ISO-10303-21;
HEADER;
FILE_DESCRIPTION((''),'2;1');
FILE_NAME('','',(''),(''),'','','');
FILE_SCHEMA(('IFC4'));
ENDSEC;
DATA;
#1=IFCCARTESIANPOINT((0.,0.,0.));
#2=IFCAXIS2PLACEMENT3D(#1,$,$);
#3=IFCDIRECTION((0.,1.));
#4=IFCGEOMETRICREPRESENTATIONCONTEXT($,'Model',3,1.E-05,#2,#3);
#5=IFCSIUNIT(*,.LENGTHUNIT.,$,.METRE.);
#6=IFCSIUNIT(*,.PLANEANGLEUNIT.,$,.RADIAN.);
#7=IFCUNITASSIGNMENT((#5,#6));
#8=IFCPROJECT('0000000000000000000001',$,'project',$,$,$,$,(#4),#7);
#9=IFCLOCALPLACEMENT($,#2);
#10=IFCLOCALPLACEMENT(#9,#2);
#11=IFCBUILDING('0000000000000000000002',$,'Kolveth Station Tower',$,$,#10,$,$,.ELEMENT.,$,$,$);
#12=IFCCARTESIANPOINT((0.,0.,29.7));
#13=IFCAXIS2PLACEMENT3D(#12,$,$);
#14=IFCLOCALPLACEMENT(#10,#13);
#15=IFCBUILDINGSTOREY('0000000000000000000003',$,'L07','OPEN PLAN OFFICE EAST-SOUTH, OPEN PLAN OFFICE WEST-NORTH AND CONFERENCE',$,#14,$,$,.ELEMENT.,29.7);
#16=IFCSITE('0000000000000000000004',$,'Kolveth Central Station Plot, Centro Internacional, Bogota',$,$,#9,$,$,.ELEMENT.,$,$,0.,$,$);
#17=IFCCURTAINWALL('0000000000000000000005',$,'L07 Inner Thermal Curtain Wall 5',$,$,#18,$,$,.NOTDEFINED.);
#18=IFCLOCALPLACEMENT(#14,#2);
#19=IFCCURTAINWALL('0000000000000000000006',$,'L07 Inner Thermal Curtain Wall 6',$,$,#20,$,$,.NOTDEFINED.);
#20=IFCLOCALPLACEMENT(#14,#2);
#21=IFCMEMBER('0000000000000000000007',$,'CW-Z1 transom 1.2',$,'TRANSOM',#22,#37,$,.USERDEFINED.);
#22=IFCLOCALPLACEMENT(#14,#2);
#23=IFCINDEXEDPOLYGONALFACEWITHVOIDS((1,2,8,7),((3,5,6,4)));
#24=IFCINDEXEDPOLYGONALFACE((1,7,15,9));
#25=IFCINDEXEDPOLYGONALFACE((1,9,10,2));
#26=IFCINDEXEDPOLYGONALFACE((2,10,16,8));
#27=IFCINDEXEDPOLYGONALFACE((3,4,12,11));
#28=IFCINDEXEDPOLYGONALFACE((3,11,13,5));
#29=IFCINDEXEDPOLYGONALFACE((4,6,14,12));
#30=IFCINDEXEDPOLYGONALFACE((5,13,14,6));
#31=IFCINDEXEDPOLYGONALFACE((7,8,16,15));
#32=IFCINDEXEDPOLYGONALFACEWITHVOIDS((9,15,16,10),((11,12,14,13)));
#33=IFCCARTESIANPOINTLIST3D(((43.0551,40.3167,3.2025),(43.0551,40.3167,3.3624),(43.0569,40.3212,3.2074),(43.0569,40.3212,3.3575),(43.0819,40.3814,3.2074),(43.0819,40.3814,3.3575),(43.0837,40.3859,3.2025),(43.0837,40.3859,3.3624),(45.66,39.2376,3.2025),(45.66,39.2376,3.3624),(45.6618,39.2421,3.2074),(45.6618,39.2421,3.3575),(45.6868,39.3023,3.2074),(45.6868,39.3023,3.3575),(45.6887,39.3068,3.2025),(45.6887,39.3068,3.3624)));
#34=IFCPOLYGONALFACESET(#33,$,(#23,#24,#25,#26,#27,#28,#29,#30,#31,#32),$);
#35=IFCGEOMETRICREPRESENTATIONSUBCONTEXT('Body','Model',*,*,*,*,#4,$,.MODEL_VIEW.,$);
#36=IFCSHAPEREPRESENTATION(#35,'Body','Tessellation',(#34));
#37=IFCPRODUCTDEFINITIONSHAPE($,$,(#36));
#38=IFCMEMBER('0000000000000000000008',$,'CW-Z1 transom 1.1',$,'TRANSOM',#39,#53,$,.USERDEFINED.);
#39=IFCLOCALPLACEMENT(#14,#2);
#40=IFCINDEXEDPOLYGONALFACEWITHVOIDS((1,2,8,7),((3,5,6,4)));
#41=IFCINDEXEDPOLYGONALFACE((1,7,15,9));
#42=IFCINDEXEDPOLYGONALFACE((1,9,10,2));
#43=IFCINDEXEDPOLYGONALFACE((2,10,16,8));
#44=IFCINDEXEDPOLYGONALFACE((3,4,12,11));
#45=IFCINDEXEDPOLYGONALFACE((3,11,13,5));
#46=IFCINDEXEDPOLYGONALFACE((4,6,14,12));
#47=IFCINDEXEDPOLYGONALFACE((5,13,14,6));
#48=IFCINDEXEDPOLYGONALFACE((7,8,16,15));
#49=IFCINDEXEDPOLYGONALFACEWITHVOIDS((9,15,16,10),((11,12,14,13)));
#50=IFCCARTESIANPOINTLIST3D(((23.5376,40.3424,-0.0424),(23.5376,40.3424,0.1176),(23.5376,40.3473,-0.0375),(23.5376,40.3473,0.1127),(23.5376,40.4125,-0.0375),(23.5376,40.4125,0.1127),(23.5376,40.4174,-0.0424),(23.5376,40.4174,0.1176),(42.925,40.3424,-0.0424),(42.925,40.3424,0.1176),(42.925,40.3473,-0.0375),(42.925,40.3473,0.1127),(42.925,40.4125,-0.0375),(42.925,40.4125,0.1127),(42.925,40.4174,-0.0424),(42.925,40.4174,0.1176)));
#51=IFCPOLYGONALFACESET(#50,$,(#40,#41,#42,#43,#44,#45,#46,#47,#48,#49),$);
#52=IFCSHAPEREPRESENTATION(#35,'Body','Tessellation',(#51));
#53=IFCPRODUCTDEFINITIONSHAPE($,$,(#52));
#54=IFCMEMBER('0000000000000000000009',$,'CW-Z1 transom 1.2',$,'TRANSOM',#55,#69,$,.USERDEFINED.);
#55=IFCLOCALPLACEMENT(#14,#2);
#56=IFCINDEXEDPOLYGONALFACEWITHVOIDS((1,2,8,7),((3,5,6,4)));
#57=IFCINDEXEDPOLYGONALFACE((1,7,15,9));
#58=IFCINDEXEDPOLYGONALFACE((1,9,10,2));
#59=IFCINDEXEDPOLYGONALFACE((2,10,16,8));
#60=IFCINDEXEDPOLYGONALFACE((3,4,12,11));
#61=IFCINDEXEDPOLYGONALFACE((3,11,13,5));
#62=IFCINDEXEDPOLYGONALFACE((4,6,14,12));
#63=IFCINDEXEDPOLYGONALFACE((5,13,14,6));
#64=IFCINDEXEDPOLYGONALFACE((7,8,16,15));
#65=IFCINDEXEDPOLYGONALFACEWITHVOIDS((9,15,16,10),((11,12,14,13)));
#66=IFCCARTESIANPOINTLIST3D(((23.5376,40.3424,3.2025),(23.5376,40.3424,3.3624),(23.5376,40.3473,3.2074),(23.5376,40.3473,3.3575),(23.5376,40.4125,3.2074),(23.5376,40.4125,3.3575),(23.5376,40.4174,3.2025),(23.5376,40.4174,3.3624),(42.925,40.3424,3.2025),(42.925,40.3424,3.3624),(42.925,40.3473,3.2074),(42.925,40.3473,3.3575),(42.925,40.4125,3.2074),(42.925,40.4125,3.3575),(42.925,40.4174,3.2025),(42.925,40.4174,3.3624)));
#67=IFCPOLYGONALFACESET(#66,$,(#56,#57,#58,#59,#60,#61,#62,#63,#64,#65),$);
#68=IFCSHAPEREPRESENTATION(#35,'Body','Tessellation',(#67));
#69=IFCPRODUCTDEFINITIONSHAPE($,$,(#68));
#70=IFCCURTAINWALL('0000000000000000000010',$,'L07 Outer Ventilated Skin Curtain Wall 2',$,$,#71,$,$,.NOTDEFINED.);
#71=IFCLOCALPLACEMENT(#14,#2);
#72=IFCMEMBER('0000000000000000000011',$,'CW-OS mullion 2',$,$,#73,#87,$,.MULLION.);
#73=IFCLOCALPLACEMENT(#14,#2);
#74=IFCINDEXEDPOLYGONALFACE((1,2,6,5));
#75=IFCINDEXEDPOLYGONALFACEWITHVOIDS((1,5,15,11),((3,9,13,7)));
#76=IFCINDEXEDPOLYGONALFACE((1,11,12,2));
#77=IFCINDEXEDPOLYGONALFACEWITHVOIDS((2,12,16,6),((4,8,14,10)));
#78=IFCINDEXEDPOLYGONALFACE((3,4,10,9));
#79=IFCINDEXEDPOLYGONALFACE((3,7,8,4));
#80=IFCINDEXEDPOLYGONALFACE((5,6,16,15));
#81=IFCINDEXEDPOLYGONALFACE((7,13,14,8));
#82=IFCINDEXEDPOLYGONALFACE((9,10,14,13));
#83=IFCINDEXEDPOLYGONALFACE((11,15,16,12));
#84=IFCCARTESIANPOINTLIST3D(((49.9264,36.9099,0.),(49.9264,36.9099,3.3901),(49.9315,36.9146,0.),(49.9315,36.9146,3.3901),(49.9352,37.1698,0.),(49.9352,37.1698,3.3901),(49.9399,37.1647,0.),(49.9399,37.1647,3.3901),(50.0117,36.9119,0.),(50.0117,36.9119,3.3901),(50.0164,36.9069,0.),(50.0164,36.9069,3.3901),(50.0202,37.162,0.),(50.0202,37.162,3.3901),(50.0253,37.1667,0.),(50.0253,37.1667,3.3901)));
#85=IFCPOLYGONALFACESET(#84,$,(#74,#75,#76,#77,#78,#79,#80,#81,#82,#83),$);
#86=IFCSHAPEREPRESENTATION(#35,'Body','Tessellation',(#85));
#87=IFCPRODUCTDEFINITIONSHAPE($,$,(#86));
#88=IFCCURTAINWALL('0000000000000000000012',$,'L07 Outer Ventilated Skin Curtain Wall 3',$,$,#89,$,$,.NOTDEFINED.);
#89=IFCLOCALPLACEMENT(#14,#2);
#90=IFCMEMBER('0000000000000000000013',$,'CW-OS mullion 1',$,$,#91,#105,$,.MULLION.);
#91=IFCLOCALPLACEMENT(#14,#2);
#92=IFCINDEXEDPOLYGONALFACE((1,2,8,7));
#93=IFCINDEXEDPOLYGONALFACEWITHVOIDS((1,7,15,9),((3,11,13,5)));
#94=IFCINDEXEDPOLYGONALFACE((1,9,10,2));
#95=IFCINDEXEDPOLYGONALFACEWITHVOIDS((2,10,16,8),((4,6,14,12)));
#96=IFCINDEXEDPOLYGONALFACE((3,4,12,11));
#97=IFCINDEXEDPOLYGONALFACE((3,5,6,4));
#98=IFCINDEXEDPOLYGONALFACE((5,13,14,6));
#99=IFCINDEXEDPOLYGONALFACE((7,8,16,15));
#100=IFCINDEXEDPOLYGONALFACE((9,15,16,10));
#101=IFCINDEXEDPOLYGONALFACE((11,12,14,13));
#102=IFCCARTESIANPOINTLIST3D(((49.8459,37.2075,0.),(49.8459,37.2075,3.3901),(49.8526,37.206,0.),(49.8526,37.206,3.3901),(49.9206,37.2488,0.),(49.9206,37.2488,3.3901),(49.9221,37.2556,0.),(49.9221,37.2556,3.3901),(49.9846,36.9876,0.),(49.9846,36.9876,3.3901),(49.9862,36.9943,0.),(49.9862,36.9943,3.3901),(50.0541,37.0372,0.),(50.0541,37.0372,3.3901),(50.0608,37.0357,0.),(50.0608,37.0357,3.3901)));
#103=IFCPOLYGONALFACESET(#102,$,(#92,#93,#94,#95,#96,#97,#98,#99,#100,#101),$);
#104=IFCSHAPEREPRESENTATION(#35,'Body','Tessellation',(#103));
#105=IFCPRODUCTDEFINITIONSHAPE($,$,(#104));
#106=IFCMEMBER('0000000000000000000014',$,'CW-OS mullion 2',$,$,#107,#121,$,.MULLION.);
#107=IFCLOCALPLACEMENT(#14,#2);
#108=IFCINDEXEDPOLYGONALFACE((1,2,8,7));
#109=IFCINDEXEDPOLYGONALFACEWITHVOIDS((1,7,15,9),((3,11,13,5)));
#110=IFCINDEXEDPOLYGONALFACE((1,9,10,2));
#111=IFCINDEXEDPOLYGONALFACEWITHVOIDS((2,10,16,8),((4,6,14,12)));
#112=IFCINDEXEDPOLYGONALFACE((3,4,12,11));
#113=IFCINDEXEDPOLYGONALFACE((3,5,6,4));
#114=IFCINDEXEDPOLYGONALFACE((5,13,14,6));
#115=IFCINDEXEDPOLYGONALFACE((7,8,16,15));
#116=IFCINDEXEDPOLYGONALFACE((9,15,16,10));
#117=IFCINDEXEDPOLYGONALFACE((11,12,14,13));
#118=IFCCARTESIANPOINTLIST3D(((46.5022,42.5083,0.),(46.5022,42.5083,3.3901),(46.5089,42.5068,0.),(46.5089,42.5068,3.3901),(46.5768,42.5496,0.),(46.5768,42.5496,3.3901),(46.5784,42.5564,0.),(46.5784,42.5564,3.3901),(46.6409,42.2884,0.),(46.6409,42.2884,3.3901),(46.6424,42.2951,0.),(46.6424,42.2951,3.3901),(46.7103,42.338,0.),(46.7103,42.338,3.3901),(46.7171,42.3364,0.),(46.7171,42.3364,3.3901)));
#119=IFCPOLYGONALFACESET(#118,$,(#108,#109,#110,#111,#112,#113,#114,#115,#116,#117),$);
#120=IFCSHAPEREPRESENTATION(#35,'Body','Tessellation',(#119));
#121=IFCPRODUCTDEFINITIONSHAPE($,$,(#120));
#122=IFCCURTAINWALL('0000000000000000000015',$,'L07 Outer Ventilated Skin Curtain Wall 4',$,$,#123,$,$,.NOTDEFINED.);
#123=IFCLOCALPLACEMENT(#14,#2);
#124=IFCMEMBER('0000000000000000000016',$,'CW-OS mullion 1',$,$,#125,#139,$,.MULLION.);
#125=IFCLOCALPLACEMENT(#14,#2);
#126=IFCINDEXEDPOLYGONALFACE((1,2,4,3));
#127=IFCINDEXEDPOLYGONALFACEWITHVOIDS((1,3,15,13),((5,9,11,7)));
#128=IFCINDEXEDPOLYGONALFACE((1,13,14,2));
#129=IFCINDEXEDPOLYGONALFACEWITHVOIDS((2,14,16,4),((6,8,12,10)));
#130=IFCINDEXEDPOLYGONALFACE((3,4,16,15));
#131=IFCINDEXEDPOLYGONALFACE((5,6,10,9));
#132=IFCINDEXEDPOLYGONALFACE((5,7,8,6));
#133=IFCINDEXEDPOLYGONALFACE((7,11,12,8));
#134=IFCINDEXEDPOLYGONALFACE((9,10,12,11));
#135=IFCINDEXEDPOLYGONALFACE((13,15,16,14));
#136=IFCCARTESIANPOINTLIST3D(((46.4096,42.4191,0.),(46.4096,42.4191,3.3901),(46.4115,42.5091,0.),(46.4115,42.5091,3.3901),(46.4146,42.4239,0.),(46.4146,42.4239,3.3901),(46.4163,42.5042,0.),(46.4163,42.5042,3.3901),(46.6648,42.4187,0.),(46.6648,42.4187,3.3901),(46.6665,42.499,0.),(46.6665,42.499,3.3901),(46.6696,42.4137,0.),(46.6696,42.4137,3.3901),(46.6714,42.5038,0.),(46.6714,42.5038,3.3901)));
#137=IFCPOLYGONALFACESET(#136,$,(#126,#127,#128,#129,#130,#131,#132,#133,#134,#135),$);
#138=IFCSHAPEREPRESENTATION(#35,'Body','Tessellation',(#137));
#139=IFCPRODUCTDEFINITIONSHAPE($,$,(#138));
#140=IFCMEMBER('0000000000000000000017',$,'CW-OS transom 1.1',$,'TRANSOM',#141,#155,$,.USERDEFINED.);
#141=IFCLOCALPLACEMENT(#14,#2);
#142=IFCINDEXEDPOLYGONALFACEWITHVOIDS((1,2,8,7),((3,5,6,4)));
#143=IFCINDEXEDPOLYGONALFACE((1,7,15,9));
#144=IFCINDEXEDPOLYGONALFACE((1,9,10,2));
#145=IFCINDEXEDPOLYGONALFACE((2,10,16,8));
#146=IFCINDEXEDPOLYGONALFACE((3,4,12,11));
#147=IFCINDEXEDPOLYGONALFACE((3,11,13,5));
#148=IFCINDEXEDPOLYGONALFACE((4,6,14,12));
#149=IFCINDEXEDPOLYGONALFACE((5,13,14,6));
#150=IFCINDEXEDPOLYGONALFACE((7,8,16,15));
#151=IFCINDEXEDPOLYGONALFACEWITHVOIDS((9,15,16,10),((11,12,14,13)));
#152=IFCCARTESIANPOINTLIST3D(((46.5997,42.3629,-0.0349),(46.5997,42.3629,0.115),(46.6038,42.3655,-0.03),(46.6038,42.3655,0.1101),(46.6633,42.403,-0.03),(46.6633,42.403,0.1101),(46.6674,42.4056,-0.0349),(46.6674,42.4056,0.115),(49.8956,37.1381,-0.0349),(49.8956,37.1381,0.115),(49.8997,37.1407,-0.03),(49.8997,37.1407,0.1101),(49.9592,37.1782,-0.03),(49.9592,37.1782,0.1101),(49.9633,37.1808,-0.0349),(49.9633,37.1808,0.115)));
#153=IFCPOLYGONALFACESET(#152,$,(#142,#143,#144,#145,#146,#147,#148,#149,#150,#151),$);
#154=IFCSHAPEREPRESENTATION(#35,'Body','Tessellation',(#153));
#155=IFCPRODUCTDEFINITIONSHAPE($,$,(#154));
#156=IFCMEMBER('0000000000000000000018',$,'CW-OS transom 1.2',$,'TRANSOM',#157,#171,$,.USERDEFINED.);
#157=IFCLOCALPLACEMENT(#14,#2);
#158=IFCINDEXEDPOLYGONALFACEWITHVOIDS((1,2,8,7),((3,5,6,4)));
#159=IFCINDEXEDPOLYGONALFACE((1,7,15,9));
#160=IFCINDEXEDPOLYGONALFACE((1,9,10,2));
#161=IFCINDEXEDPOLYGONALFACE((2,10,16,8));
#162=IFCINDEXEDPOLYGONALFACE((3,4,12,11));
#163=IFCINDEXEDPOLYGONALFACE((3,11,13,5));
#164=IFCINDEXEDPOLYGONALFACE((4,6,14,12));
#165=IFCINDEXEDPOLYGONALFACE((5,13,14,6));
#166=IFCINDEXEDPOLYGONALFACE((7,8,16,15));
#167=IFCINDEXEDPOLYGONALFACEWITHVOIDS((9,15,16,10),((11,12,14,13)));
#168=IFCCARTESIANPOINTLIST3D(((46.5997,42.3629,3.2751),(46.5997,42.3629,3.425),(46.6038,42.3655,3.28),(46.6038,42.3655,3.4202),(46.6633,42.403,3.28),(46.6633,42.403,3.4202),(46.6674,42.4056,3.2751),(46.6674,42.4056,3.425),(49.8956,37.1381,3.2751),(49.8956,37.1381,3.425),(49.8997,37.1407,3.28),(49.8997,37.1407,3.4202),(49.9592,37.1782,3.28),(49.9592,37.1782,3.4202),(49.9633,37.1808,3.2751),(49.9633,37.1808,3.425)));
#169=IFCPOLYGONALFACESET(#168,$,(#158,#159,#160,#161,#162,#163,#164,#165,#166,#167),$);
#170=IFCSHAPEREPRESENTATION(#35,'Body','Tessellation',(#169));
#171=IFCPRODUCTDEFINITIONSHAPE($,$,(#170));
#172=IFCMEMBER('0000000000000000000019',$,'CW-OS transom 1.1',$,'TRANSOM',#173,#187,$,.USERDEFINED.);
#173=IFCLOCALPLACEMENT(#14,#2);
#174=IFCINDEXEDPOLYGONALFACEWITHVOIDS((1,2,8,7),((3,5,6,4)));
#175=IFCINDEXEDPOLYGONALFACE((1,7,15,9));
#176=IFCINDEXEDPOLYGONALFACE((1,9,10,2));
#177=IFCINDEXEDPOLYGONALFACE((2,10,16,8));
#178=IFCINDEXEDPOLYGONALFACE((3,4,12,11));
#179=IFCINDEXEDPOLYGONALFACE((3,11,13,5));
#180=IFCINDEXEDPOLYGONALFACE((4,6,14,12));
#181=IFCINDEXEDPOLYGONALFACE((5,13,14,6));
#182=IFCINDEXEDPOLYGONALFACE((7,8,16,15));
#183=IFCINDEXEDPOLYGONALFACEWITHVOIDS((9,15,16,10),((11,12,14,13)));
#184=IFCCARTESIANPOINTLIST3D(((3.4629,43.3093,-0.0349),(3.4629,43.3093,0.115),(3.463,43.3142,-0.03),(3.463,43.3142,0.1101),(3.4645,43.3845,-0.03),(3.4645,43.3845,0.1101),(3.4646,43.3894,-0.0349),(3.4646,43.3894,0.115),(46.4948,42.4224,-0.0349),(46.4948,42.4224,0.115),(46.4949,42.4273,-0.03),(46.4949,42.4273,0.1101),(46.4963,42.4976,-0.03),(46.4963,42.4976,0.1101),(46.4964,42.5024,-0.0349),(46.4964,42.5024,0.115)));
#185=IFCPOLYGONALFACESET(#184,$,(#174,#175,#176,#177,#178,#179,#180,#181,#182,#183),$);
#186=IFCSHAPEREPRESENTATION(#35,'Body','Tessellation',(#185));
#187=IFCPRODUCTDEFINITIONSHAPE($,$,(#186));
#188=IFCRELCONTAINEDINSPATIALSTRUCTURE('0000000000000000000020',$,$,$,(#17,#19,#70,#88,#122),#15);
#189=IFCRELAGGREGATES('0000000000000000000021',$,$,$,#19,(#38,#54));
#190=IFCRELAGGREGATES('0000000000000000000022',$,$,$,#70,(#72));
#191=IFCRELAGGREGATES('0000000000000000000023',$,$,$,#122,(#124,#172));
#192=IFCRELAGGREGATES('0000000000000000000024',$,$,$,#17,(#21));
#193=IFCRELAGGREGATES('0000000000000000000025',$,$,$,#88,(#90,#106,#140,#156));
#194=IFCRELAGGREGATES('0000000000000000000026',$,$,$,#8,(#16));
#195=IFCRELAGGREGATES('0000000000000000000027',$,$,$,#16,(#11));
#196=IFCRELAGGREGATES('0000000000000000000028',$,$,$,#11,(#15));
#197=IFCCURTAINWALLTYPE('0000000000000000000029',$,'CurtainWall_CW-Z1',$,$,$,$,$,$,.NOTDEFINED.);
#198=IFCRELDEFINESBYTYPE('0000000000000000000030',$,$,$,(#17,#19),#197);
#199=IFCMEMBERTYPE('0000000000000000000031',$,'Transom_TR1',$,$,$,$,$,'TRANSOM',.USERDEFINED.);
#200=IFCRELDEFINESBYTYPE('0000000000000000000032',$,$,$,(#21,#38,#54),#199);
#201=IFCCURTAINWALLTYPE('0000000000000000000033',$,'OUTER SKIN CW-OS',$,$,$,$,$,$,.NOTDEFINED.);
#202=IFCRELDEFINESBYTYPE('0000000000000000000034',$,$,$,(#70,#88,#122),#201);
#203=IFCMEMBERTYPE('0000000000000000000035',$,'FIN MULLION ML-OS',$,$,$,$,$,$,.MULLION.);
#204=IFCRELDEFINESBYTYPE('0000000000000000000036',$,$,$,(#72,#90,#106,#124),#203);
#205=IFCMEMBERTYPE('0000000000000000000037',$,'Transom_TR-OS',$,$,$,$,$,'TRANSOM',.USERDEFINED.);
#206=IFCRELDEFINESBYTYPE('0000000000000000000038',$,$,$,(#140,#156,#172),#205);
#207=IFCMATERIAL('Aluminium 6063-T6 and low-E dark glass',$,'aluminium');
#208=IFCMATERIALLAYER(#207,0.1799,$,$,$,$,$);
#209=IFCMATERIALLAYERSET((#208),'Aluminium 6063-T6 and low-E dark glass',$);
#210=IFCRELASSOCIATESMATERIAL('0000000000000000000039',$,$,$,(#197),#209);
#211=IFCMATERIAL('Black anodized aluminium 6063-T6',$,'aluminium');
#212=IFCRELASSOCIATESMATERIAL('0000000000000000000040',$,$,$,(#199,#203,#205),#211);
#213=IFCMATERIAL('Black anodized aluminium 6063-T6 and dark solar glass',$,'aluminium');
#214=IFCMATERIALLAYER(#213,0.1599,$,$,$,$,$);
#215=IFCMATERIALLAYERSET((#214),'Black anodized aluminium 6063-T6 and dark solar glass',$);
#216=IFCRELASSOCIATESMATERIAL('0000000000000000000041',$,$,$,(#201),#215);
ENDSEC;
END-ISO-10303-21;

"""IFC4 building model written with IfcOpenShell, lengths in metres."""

from ifc_helpers import new_model, si_unit, direction, frame, origin, origin_2d, place, context, subcontext, project, spatial, hollow_rectangle, extrude, source, transform, mapped, material, layer, layer_set, material_profile, profile_set, type_object, element, aggregate, save


model = new_model("IFC4")

# Units and contexts
model_context = context("Model", 3, precision=1e-05, world=origin(), true_north=direction((0.0, 1.0)))
body_context = subcontext(model_context, "Body", "Model", "MODEL_VIEW")
ifc_project = project(units=[si_unit("LENGTHUNIT", "METRE"), si_unit("PLANEANGLEUNIT", "RADIAN")], contexts=[model_context])

# Site, building, storey
site_placement = place(None, origin())
site = spatial("IfcSite", under=ifc_project, at=site_placement, Name="Kolveth Central Station Plot, Centro Internacional, Bogota", CompositionType="ELEMENT", RefElevation=0.0)
building_placement = place(site_placement, origin())
building = spatial("IfcBuilding", under=site, at=building_placement, Name="Kolveth Station Tower", CompositionType="ELEMENT")
storey_placement = place(building_placement, frame((0.0, 0.0, 29.7)))
storey = spatial("IfcBuildingStorey", under=building, at=storey_placement, Name="L07", Description="OPEN PLAN OFFICE EAST-SOUTH, OPEN PLAN OFFICE WEST-NORTH AND CONFERENCE", CompositionType="ELEMENT", Elevation=29.7)

# Shared definitions
ifc_material_1 = material(Name="Aluminium 6063-T6 and low-E dark glass", Category="aluminium")
ifc_layer_1 = layer(ifc_material_1, 0.1799)
ifc_layer_set_1 = layer_set([ifc_layer_1], Name="Aluminium 6063-T6 and low-E dark glass")
curtain_wall_type_1 = type_object("IfcCurtainWallType", Name="CurtainWall_CW-Z1", PredefinedType="NOTDEFINED", material=ifc_layer_set_1)
ifc_material_2 = material(Name="Black anodized aluminium 6063-T6", Category="aluminium")

# Curtain wall
curtain_wall_1_placement = place(storey_placement, origin())
curtain_wall_1 = element("IfcCurtainWall", 1, at=curtain_wall_1_placement, inside=storey, type_object=curtain_wall_type_1, Name="L07 Inner Thermal Curtain Wall 5", PredefinedType="NOTDEFINED")

# Curtain wall
curtain_wall_2_placement = place(storey_placement, origin())
curtain_wall_2 = element("IfcCurtainWall", 2, at=curtain_wall_2_placement, inside=storey, type_object=curtain_wall_type_1, Name="L07 Inner Thermal Curtain Wall 6", PredefinedType="NOTDEFINED")

# Members
ifc_material_profile_1 = material_profile(ifc_material_2, hollow_rectangle(XDim=0.075, YDim=0.1599, WallThickness=0.0049, at=origin_2d()), Name="ALU-75x160x5")
ifc_profile_set_1 = profile_set([ifc_material_profile_1], Name="Black anodized aluminium 6063-T6")
member_type_1 = type_object("IfcMemberType", Name="Transom_TR1", ElementType="TRANSOM", PredefinedType="USERDEFINED", material=ifc_profile_set_1)
shared_shape_1 = source(origin(), body_context, "Body", "SweptSolid", [
    extrude(hollow_rectangle(XDim=0.075, YDim=0.1599, WallThickness=0.0049, at=origin_2d()), origin(), (0.0, 0.0, 1.0), 2.8196),
])
member_1_placement = place(storey_placement, frame((45.6743, 39.2722, 3.2825), z_axis=(-0.923869, 0.382709, 0.0), x_axis=(-0.382709, -0.923869, 0.0)))
member_1 = element("IfcMember", 3, at=member_1_placement, type_object=member_type_1, Name="CW-Z1 transom 1.2", ObjectType="TRANSOM", PredefinedType="USERDEFINED", context=body_context, shape_type="MappedRepresentation", body=[
    mapped(shared_shape_1, transform((0.0, 0.0, 0.0), x_axis=(1.0, 0.0, 0.0), y_axis=(0.0, 1.0, 0.0), z_axis=(0.0, 0.0, 1.0), scale=1.0)),
])
shared_shape_2 = source(origin(), body_context, "Body", "SweptSolid", [
    extrude(hollow_rectangle(XDim=0.075, YDim=0.1599, WallThickness=0.0049, at=origin_2d()), origin(), (0.0, 0.0, 1.0), 19.3875),
])
member_2_placement = place(storey_placement, frame((42.925, 40.3799, 0.0376), z_axis=(-1.0, 0.0, 0.0), x_axis=(0.0, -1.0, 0.0)))
member_2 = element("IfcMember", 4, at=member_2_placement, type_object=member_type_1, Name="CW-Z1 transom 1.1", ObjectType="TRANSOM", PredefinedType="USERDEFINED", context=body_context, shape_type="MappedRepresentation", body=[
    mapped(shared_shape_2, transform((0.0, 0.0, 0.0), x_axis=(1.0, 0.0, 0.0), y_axis=(0.0, 1.0, 0.0), z_axis=(0.0, 0.0, 1.0), scale=1.0)),
])
member_3_placement = place(storey_placement, frame((42.925, 40.3799, 3.2825), z_axis=(-1.0, 0.0, 0.0), x_axis=(0.0, -1.0, 0.0)))
member_3 = element("IfcMember", 5, at=member_3_placement, type_object=member_type_1, Name="CW-Z1 transom 1.2", ObjectType="TRANSOM", PredefinedType="USERDEFINED", context=body_context, shape_type="MappedRepresentation", body=[
    mapped(shared_shape_2, transform((0.0, 0.0, 0.0), x_axis=(1.0, 0.0, 0.0), y_axis=(0.0, 1.0, 0.0), z_axis=(0.0, 0.0, 1.0), scale=1.0)),
])
aggregate(curtain_wall_2, [member_2, member_3])

# Curtain wall, member
ifc_material_3 = material(Name="Black anodized aluminium 6063-T6 and dark solar glass", Category="aluminium")
ifc_layer_2 = layer(ifc_material_3, 0.1599)
ifc_layer_set_2 = layer_set([ifc_layer_2], Name="Black anodized aluminium 6063-T6 and dark solar glass")
curtain_wall_type_2 = type_object("IfcCurtainWallType", Name="OUTER SKIN CW-OS", PredefinedType="NOTDEFINED", material=ifc_layer_set_2)
curtain_wall_3_placement = place(storey_placement, origin())
curtain_wall_3 = element("IfcCurtainWall", 6, at=curtain_wall_3_placement, inside=storey, type_object=curtain_wall_type_2, Name="L07 Outer Ventilated Skin Curtain Wall 2", PredefinedType="NOTDEFINED")
ifc_material_profile_2 = material_profile(ifc_material_2, hollow_rectangle(XDim=0.0901, YDim=0.26, WallThickness=0.0049, at=origin_2d()), Name="ALU-90x260x5")
ifc_profile_set_2 = profile_set([ifc_material_profile_2], Name="Black anodized aluminium 6063-T6")
member_type_2 = type_object("IfcMemberType", Name="FIN MULLION ML-OS", PredefinedType="MULLION", material=ifc_profile_set_2)
shared_shape_3 = source(origin(), body_context, "Body", "SweptSolid", [
    extrude(hollow_rectangle(XDim=0.0901, YDim=0.26, WallThickness=0.0049, at=origin_2d()), origin(), (0.0, 0.0, 1.0), 3.3901),
])
member_4_placement = place(storey_placement, frame((49.9758, 37.0383, 0.0), z_axis=(0.0, 0.0, 1.0), x_axis=(-0.999426, 0.033875, 0.0)))
member_4 = element("IfcMember", 7, at=member_4_placement, type_object=member_type_2, Name="CW-OS mullion 2", PredefinedType="MULLION", context=body_context, shape_type="MappedRepresentation", body=[
    mapped(shared_shape_3, transform((0.0, 0.0, 0.0), x_axis=(1.0, 0.0, 0.0), y_axis=(0.0, 1.0, 0.0), z_axis=(0.0, 0.0, 1.0), scale=1.0)),
])
aggregate(curtain_wall_3, [member_4])

# Curtain wall, members
curtain_wall_4_placement = place(storey_placement, origin())
curtain_wall_4 = element("IfcCurtainWall", 8, at=curtain_wall_4_placement, inside=storey, type_object=curtain_wall_type_2, Name="L07 Outer Ventilated Skin Curtain Wall 3", PredefinedType="NOTDEFINED")
member_5_placement = place(storey_placement, frame((49.9534, 37.1216, 0.0), z_axis=(0.0, 0.0, 1.0), x_axis=(-0.845784, -0.533525, 0.0)))
member_5 = element("IfcMember", 9, at=member_5_placement, type_object=member_type_2, Name="CW-OS mullion 1", PredefinedType="MULLION", context=body_context, shape_type="MappedRepresentation", body=[
    mapped(shared_shape_3, transform((0.0, 0.0, 0.0), x_axis=(1.0, 0.0, 0.0), y_axis=(0.0, 1.0, 0.0), z_axis=(0.0, 0.0, 1.0), scale=1.0)),
])
member_6_placement = place(storey_placement, frame((46.6096, 42.4224, 0.0), z_axis=(0.0, 0.0, 1.0), x_axis=(-0.845784, -0.533525, 0.0)))
member_6 = element("IfcMember", 10, at=member_6_placement, type_object=member_type_2, Name="CW-OS mullion 2", PredefinedType="MULLION", context=body_context, shape_type="MappedRepresentation", body=[
    mapped(shared_shape_3, transform((0.0, 0.0, 0.0), x_axis=(1.0, 0.0, 0.0), y_axis=(0.0, 1.0, 0.0), z_axis=(0.0, 0.0, 1.0), scale=1.0)),
])

# Curtain wall, member
curtain_wall_5_placement = place(storey_placement, origin())
curtain_wall_5 = element("IfcCurtainWall", 11, at=curtain_wall_5_placement, inside=storey, type_object=curtain_wall_type_2, Name="L07 Outer Ventilated Skin Curtain Wall 4", PredefinedType="NOTDEFINED")
member_7_placement = place(storey_placement, frame((46.5405, 42.4614, 0.0), z_axis=(0.0, 0.0, 1.0), x_axis=(-0.020606, -0.999788, 0.0)))
member_7 = element("IfcMember", 12, at=member_7_placement, type_object=member_type_2, Name="CW-OS mullion 1", PredefinedType="MULLION", context=body_context, shape_type="MappedRepresentation", body=[
    mapped(shared_shape_3, transform((0.0, 0.0, 0.0), x_axis=(1.0, 0.0, 0.0), y_axis=(0.0, 1.0, 0.0), z_axis=(0.0, 0.0, 1.0), scale=1.0)),
])

# Members
ifc_material_profile_3 = material_profile(ifc_material_2, hollow_rectangle(XDim=0.0801, YDim=0.1499, WallThickness=0.0049, at=origin_2d()), Name="ALU-80x150x5")
ifc_profile_set_3 = profile_set([ifc_material_profile_3], Name="Black anodized aluminium 6063-T6")
member_type_3 = type_object("IfcMemberType", Name="Transom_TR-OS", ElementType="TRANSOM", PredefinedType="USERDEFINED", material=ifc_profile_set_3)
shared_shape_4 = source(origin(), body_context, "Body", "SweptSolid", [
    extrude(hollow_rectangle(XDim=0.0801, YDim=0.1499, WallThickness=0.0049, at=origin_2d()), origin(), (0.0, 0.0, 1.0), 6.1775),
])
member_8_placement = place(storey_placement, frame((49.9294, 37.1594, 0.04), z_axis=(-0.533529, 0.845782, 0.0), x_axis=(-0.845782, -0.533529, 0.0)))
member_8 = element("IfcMember", 13, at=member_8_placement, type_object=member_type_3, Name="CW-OS transom 1.1", ObjectType="TRANSOM", PredefinedType="USERDEFINED", context=body_context, shape_type="MappedRepresentation", body=[
    mapped(shared_shape_4, transform((0.0, 0.0, 0.0), x_axis=(1.0, 0.0, 0.0), y_axis=(0.0, 1.0, 0.0), z_axis=(0.0, 0.0, 1.0), scale=1.0)),
])
member_9_placement = place(storey_placement, frame((49.9294, 37.1594, 3.3501), z_axis=(-0.533529, 0.845782, 0.0), x_axis=(-0.845782, -0.533529, 0.0)))
member_9 = element("IfcMember", 14, at=member_9_placement, type_object=member_type_3, Name="CW-OS transom 1.2", ObjectType="TRANSOM", PredefinedType="USERDEFINED", context=body_context, shape_type="MappedRepresentation", body=[
    mapped(shared_shape_4, transform((0.0, 0.0, 0.0), x_axis=(1.0, 0.0, 0.0), y_axis=(0.0, 1.0, 0.0), z_axis=(0.0, 0.0, 1.0), scale=1.0)),
])
shared_shape_5 = source(origin(), body_context, "Body", "SweptSolid", [
    extrude(hollow_rectangle(XDim=0.0801, YDim=0.1499, WallThickness=0.0049, at=origin_2d()), origin(), (0.0, 0.0, 1.0), 43.041),
])
member_10_placement = place(storey_placement, frame((46.4956, 42.4624, 0.04), z_axis=(-0.999788, 0.020607, 0.0), x_axis=(-0.020607, -0.999788, 0.0)))
member_10 = element("IfcMember", 15, at=member_10_placement, type_object=member_type_3, Name="CW-OS transom 1.1", ObjectType="TRANSOM", PredefinedType="USERDEFINED", context=body_context, shape_type="MappedRepresentation", body=[
    mapped(shared_shape_5, transform((0.0, 0.0, 0.0), x_axis=(1.0, 0.0, 0.0), y_axis=(0.0, 1.0, 0.0), z_axis=(0.0, 0.0, 1.0), scale=1.0)),
])
aggregate(curtain_wall_5, [member_7, member_10])

aggregate(curtain_wall_1, [member_1])
aggregate(curtain_wall_4, [member_5, member_6, member_8, member_9])

save(model, "model.ifc")
